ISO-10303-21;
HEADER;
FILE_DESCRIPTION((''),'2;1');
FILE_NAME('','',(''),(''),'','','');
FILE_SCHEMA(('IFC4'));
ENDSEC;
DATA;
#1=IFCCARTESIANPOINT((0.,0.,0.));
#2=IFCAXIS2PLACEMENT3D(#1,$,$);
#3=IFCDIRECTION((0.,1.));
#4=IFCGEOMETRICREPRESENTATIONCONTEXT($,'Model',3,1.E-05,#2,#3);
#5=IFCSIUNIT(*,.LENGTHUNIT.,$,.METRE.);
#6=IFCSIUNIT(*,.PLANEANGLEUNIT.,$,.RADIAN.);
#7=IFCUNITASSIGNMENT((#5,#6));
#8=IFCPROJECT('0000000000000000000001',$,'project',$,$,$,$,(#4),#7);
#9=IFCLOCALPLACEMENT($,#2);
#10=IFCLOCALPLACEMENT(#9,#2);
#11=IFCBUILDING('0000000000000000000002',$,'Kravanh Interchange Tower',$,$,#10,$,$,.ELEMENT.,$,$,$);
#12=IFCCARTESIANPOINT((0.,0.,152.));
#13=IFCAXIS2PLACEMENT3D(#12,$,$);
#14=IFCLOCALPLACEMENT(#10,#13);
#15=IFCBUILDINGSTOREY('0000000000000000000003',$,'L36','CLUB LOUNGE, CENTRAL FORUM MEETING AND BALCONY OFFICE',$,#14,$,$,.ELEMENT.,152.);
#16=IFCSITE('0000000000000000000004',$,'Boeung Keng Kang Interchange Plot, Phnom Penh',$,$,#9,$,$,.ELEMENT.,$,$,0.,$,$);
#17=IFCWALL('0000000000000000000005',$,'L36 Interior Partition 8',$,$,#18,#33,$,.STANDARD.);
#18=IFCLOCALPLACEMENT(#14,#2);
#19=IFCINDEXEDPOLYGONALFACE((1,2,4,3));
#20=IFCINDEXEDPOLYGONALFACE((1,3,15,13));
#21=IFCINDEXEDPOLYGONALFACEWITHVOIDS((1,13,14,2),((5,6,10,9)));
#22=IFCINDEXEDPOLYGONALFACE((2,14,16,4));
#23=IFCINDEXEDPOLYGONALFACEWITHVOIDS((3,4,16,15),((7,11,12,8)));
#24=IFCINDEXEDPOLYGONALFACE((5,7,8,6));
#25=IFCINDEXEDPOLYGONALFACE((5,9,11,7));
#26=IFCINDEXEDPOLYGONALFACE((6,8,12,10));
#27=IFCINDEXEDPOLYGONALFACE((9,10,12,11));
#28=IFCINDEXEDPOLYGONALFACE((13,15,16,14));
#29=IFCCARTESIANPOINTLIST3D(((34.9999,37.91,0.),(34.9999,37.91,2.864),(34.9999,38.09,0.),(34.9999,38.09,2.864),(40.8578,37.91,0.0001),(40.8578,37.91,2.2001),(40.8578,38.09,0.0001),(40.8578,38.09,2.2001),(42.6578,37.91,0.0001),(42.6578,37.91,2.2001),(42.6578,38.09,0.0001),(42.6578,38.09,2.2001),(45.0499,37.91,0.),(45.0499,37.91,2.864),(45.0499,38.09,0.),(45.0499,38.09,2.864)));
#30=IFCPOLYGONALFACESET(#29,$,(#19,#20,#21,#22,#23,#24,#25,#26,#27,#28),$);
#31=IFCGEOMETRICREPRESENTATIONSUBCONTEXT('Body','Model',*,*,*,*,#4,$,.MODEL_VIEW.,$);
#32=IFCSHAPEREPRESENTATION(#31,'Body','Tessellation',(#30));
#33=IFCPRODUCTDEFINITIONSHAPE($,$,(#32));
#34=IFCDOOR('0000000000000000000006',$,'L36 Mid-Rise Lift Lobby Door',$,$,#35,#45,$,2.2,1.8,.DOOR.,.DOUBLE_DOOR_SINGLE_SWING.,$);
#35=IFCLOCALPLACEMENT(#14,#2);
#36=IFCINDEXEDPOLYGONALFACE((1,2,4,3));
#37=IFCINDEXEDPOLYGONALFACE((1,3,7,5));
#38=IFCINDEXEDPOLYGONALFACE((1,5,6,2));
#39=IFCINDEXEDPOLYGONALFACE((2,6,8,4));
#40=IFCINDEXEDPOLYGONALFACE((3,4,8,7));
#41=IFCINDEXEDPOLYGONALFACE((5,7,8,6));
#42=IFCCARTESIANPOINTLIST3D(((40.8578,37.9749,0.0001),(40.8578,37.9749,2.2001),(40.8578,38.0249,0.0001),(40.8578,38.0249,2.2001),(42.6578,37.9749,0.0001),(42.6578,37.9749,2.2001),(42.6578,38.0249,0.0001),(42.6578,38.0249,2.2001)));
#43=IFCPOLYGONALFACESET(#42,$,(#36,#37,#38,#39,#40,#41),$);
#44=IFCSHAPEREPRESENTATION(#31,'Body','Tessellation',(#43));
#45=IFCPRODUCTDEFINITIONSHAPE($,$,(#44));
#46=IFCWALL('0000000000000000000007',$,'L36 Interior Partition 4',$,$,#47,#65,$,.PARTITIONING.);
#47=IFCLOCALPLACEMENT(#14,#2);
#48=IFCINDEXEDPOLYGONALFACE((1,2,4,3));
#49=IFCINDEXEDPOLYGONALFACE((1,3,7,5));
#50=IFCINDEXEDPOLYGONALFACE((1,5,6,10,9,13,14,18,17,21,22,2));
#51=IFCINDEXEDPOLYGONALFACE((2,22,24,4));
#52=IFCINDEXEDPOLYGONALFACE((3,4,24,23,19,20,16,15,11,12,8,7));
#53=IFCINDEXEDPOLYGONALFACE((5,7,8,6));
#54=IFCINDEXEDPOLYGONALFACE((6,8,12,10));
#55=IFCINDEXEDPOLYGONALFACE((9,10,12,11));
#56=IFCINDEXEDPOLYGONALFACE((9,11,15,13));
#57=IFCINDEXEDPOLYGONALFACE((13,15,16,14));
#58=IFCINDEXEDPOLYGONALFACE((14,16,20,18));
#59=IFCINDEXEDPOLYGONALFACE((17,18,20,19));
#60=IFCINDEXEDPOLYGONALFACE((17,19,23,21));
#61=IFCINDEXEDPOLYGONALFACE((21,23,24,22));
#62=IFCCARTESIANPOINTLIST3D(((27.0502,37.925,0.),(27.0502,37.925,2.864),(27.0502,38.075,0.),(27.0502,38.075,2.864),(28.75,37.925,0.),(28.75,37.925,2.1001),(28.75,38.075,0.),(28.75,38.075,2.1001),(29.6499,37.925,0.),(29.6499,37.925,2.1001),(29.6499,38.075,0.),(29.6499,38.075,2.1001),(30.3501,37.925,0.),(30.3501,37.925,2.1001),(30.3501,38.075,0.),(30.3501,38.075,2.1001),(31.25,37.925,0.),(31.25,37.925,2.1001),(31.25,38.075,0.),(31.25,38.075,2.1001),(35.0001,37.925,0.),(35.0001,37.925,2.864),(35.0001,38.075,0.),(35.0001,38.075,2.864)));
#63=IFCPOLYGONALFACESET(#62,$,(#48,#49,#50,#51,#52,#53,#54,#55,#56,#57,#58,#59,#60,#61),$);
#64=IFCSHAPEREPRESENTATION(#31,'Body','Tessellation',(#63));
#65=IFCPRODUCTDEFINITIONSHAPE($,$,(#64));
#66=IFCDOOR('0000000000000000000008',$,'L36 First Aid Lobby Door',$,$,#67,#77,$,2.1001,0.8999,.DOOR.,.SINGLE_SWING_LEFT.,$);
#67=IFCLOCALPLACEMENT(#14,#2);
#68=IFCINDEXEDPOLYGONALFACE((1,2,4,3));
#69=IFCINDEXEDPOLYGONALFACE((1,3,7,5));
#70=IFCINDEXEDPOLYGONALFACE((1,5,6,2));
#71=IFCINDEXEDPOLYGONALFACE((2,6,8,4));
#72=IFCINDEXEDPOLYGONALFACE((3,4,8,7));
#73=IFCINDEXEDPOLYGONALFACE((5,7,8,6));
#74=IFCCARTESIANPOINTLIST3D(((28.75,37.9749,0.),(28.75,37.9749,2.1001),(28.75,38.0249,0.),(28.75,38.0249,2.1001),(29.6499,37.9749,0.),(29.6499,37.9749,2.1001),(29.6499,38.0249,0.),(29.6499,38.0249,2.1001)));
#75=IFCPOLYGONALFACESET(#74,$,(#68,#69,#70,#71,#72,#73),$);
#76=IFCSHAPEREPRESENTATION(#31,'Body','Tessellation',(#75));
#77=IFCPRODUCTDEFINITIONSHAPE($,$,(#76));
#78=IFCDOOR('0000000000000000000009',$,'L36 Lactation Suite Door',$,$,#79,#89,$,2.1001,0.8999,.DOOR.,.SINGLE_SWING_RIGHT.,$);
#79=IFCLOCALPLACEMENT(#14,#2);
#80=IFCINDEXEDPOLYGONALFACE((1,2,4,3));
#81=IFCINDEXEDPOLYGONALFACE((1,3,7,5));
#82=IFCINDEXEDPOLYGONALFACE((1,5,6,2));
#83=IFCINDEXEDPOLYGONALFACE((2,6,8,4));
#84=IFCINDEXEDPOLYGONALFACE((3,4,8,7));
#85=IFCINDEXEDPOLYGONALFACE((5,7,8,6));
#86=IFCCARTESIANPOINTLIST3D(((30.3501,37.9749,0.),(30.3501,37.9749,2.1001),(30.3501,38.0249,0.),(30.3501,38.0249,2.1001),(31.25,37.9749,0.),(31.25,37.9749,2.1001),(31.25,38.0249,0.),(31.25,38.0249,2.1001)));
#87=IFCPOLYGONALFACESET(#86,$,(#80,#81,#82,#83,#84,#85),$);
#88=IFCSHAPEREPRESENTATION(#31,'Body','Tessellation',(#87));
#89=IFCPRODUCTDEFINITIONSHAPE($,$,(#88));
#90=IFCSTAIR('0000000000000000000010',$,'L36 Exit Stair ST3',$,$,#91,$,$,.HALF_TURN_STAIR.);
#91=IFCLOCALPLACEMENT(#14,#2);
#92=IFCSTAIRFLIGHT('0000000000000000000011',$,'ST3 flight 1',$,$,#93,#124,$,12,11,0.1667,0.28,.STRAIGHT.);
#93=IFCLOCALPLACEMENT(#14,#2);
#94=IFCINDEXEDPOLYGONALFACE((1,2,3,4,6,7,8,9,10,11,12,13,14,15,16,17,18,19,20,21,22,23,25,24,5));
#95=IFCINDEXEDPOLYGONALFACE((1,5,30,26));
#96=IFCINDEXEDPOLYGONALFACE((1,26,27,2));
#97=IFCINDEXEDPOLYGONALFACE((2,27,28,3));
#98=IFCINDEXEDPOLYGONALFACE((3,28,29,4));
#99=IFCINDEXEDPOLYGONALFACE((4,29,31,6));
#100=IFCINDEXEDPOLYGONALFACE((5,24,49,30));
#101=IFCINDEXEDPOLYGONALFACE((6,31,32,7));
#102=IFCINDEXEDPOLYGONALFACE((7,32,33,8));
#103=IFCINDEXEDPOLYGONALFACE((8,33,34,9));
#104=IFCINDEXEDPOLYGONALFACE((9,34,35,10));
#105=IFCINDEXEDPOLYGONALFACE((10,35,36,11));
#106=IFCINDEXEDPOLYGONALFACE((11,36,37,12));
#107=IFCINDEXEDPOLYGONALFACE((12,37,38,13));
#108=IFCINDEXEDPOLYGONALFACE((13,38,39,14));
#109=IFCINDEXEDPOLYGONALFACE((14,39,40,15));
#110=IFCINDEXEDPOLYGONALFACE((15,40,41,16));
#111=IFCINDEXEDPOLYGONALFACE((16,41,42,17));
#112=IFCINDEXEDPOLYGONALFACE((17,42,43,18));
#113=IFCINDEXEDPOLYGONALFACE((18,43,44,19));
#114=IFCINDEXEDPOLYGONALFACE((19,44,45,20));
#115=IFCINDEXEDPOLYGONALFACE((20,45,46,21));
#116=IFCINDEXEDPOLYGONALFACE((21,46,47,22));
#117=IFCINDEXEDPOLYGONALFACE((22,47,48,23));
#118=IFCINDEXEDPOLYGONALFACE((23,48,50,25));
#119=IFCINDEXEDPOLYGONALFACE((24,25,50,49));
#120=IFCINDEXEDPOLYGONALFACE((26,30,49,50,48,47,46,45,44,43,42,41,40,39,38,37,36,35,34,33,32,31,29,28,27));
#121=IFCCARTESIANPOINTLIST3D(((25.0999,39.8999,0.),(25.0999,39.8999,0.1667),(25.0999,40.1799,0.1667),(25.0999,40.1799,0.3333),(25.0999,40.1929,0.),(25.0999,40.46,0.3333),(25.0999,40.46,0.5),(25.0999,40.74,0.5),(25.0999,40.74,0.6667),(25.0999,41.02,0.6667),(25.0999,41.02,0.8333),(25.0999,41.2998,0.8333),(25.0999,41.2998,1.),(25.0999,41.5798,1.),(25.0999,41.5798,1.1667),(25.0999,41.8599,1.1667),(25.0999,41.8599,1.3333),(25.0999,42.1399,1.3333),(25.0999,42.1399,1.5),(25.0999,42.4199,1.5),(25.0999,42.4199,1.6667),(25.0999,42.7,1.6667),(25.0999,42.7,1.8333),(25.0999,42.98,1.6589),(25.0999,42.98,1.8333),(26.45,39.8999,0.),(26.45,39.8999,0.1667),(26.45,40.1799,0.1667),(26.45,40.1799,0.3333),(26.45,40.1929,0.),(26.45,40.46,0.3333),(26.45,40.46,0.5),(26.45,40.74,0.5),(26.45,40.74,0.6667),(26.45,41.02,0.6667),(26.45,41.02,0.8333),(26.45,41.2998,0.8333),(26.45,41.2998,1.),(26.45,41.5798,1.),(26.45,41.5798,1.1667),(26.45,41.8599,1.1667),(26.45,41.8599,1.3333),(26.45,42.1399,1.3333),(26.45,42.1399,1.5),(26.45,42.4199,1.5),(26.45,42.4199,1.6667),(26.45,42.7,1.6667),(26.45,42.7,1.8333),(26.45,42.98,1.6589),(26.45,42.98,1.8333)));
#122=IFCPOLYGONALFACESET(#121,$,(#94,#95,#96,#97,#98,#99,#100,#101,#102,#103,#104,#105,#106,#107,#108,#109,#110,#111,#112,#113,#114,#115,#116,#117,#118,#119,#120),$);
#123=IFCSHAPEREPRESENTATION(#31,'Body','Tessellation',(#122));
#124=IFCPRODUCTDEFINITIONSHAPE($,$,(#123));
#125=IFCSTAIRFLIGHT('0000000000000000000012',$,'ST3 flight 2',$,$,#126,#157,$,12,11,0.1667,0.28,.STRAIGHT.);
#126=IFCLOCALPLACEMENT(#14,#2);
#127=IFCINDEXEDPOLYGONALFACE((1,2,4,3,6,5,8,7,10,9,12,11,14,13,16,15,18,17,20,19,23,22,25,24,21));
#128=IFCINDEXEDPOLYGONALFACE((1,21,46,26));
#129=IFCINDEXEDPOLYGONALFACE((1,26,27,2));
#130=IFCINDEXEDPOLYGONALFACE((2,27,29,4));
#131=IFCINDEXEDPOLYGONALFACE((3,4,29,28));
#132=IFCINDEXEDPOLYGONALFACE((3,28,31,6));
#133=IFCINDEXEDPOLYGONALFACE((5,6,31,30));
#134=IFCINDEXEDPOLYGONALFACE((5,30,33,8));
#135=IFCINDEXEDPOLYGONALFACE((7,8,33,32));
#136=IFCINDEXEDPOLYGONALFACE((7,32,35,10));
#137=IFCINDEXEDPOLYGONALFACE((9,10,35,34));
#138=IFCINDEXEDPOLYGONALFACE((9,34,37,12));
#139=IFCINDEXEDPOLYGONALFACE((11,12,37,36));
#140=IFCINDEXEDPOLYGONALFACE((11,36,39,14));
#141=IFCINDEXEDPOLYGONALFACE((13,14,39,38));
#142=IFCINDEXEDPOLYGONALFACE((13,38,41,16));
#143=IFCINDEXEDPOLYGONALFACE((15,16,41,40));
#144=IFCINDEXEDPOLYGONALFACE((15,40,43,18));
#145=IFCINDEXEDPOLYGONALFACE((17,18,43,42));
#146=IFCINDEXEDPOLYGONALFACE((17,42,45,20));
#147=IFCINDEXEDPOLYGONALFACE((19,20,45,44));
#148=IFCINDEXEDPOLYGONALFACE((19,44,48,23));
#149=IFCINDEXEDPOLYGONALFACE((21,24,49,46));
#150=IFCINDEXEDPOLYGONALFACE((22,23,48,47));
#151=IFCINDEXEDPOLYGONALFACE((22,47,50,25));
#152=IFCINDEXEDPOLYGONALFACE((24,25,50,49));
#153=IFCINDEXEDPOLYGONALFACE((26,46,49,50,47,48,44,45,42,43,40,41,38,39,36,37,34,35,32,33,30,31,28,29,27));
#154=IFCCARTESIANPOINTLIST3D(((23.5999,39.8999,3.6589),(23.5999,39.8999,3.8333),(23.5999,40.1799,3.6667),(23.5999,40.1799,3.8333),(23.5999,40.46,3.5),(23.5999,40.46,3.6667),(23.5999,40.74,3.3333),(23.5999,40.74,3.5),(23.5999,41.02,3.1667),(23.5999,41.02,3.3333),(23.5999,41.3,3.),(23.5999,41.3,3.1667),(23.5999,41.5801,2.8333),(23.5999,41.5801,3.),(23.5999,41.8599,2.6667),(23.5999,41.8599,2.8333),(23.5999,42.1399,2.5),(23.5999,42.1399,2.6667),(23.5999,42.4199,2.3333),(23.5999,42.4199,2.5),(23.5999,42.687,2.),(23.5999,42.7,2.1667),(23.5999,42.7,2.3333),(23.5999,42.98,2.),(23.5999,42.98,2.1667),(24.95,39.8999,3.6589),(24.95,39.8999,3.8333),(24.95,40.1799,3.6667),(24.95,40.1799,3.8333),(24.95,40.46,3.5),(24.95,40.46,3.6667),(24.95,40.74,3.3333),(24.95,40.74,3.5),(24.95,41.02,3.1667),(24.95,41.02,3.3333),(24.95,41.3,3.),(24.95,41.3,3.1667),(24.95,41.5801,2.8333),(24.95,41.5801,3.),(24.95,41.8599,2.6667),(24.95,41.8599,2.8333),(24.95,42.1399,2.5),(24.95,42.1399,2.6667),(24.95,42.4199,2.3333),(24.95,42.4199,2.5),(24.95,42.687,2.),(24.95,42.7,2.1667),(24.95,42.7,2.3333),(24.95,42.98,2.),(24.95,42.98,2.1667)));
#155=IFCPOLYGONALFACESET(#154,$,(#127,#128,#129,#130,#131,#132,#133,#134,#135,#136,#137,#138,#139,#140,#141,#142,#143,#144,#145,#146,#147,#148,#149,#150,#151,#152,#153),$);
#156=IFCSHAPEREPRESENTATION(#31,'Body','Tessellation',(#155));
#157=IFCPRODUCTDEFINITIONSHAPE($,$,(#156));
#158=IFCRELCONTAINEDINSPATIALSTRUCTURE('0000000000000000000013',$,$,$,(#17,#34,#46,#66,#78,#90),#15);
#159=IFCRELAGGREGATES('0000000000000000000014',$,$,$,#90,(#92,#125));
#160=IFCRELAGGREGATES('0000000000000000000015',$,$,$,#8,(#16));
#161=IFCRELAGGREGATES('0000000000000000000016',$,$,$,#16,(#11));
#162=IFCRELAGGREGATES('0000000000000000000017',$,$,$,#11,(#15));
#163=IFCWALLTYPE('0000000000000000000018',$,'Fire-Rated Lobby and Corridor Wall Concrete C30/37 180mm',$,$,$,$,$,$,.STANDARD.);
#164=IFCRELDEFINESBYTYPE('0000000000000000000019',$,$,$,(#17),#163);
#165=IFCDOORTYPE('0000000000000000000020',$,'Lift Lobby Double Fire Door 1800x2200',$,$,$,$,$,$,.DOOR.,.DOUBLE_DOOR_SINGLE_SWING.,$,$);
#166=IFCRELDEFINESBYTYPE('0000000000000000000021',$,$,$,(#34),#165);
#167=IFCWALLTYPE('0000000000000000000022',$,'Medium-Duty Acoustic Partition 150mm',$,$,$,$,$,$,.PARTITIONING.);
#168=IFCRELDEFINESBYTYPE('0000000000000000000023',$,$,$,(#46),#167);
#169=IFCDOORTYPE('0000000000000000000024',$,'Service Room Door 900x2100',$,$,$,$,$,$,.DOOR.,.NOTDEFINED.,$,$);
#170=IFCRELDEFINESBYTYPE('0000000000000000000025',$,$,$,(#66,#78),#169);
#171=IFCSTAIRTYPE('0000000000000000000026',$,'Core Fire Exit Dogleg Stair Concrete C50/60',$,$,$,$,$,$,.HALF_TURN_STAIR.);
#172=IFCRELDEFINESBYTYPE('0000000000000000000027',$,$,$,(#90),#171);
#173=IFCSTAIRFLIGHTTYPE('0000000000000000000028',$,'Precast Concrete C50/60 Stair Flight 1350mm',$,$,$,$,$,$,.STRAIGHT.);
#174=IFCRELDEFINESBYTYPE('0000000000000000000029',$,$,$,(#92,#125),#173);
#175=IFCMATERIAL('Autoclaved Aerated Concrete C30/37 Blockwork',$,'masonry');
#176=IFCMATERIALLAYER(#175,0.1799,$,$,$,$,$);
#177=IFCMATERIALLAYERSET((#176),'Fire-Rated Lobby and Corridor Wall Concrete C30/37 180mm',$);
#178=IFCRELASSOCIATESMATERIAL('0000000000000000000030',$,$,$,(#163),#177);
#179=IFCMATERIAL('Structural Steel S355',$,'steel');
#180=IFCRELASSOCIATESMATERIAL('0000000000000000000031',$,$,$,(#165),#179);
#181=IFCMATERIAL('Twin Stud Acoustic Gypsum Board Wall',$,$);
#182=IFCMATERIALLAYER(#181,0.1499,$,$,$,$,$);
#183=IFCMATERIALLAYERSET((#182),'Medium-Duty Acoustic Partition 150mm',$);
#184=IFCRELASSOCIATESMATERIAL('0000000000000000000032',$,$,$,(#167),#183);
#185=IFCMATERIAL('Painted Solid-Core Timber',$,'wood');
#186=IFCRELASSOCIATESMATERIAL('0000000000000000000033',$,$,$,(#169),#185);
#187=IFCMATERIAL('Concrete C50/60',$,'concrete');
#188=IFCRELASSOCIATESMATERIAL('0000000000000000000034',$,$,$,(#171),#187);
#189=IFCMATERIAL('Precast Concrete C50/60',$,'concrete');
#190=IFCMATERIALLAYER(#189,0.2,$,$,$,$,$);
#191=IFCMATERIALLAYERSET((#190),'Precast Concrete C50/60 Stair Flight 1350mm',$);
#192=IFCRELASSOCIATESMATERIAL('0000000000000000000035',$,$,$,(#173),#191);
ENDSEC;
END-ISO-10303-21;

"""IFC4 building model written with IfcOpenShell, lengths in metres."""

from ifc_helpers import new_model, si_unit, direction, frame, frame_2d, origin, place, context, subcontext, project, spatial, polyline, rectangle, outline, extrude, material, layer, layer_set, type_object, element, fill, aggregate, save


model = new_model("IFC4")

# Units and contexts
model_context = context("Model", 3, precision=1e-05, world=origin(), true_north=direction((0.0, 1.0)))
body_context = subcontext(model_context, "Body", "Model", "MODEL_VIEW")
ifc_project = project(units=[si_unit("LENGTHUNIT", "METRE"), si_unit("PLANEANGLEUNIT", "RADIAN")], contexts=[model_context])

# Site, building, storey
site_placement = place(None, origin())
site = spatial("IfcSite", under=ifc_project, at=site_placement, Name="Boeung Keng Kang Interchange Plot, Phnom Penh", CompositionType="ELEMENT", RefElevation=0.0)
building_placement = place(site_placement, origin())
building = spatial("IfcBuilding", under=site, at=building_placement, Name="Kravanh Interchange Tower", CompositionType="ELEMENT")
storey_placement = place(building_placement, frame((0.0, 0.0, 152.0)))
storey = spatial("IfcBuildingStorey", under=building, at=storey_placement, Name="L36", Description="CLUB LOUNGE, CENTRAL FORUM MEETING AND BALCONY OFFICE", CompositionType="ELEMENT", Elevation=152.0)

# Shared definitions
ifc_material_1 = material(Name="Autoclaved Aerated Concrete C30/37 Blockwork", Category="masonry")
ifc_layer_1 = layer(ifc_material_1, 0.1799)
ifc_layer_set_1 = layer_set([ifc_layer_1], Name="Fire-Rated Lobby and Corridor Wall Concrete C30/37 180mm")
wall_type_1 = type_object("IfcWallType", Name="Fire-Rated Lobby and Corridor Wall Concrete C30/37 180mm", PredefinedType="STANDARD", material=ifc_layer_set_1)

# Wall, opening, door
wall_1_placement = place(storey_placement, frame((35.0, 38.0, 0.0), z_axis=(0.0, 0.0, 1.0), x_axis=(1.0, 0.0, 0.0)))
wall_1 = element("IfcWall", 1, at=wall_1_placement, inside=storey, type_object=wall_type_1, Name="L36 Interior Partition 8", PredefinedType="STANDARD", context=body_context, shape_type="SweptSolid", body=[
    extrude(rectangle(XDim=10.05, YDim=0.1799, at=frame_2d((5.0249, 0.0))), origin(), (0.0, 0.0, 1.0), 2.864),
])
opening_1_placement = place(wall_1_placement, frame((5.8579, 0.0, 0.0)))
opening_1 = element("IfcOpeningElement", 2, at=opening_1_placement, cuts=wall_1, PredefinedType="OPENING", context=body_context, shape_type="SweptSolid", body=[
    extrude(rectangle(XDim=1.8, YDim=2.2, at=frame_2d((0.8999, 1.1001))), frame((0.0, 0.1001, 0.0), z_axis=(0.0, -1.0, 0.0), x_axis=(1.0, 0.0, 0.0)), (0.0, 0.0, 1.0), 0.2),
])
ifc_material_2 = material(Name="Structural Steel S355", Category="steel")
door_type_1 = type_object("IfcDoorType", Name="Lift Lobby Double Fire Door 1800x2200", OperationType="DOUBLE_DOOR_SINGLE_SWING", PredefinedType="DOOR", material=ifc_material_2)
door_1_placement = place(opening_1_placement, origin())
door_1 = element("IfcDoor", 3, at=door_1_placement, inside=storey, type_object=door_type_1, Name="L36 Mid-Rise Lift Lobby Door", OperationType="DOUBLE_DOOR_SINGLE_SWING", OverallHeight=2.2, OverallWidth=1.8, PredefinedType="DOOR", context=body_context, shape_type="SweptSolid", body=[
    extrude(rectangle(XDim=1.8, YDim=2.2, at=frame_2d((0.8999, 1.1001))), frame((0.0, 0.0249, 0.0), z_axis=(0.0, -1.0, 0.0), x_axis=(1.0, 0.0, 0.0)), (0.0, 0.0, 1.0), 0.05),
])
fill(opening_1, door_1)

# Wall, openings, doors
ifc_material_3 = material(Name="Twin Stud Acoustic Gypsum Board Wall")
ifc_layer_2 = layer(ifc_material_3, 0.1499)
ifc_layer_set_2 = layer_set([ifc_layer_2], Name="Medium-Duty Acoustic Partition 150mm")
wall_type_2 = type_object("IfcWallType", Name="Medium-Duty Acoustic Partition 150mm", PredefinedType="PARTITIONING", material=ifc_layer_set_2)
wall_2_placement = place(storey_placement, frame((27.05, 38.0, 0.0), z_axis=(0.0, 0.0, 1.0), x_axis=(1.0, 0.0, 0.0)))
wall_2 = element("IfcWall", 4, at=wall_2_placement, inside=storey, type_object=wall_type_2, Name="L36 Interior Partition 4", PredefinedType="PARTITIONING", context=body_context, shape_type="SweptSolid", body=[
    extrude(rectangle(XDim=7.95, YDim=0.1499, at=frame_2d((3.9751, 0.0))), origin(), (0.0, 0.0, 1.0), 2.864),
])
opening_2_placement = place(wall_2_placement, frame((1.7, 0.0, 0.0)))
opening_2 = element("IfcOpeningElement", 5, at=opening_2_placement, cuts=wall_2, PredefinedType="OPENING", context=body_context, shape_type="SweptSolid", body=[
    extrude(rectangle(XDim=0.8999, YDim=2.1001, at=frame_2d((0.45, 1.05))), frame((0.0, 0.085, 0.0), z_axis=(0.0, -1.0, 0.0), x_axis=(1.0, 0.0, 0.0)), (0.0, 0.0, 1.0), 0.1699),
])
opening_3_placement = place(wall_2_placement, frame((3.3, 0.0, 0.0)))
opening_3 = element("IfcOpeningElement", 6, at=opening_3_placement, cuts=wall_2, PredefinedType="OPENING", context=body_context, shape_type="SweptSolid", body=[
    extrude(rectangle(XDim=0.8999, YDim=2.1001, at=frame_2d((0.45, 1.05))), frame((0.0, 0.085, 0.0), z_axis=(0.0, -1.0, 0.0), x_axis=(1.0, 0.0, 0.0)), (0.0, 0.0, 1.0), 0.1699),
])
ifc_material_4 = material(Name="Painted Solid-Core Timber", Category="wood")
door_type_2 = type_object("IfcDoorType", Name="Service Room Door 900x2100", OperationType="NOTDEFINED", PredefinedType="DOOR", material=ifc_material_4)
door_2_placement = place(opening_2_placement, origin())
door_2 = element("IfcDoor", 7, at=door_2_placement, inside=storey, type_object=door_type_2, Name="L36 First Aid Lobby Door", OperationType="SINGLE_SWING_LEFT", OverallHeight=2.1001, OverallWidth=0.8999, PredefinedType="DOOR", context=body_context, shape_type="SweptSolid", body=[
    extrude(rectangle(XDim=0.8999, YDim=2.1001, at=frame_2d((0.45, 1.05))), frame((0.0, 0.0249, 0.0), z_axis=(0.0, -1.0, 0.0), x_axis=(1.0, 0.0, 0.0)), (0.0, 0.0, 1.0), 0.05),
])
fill(opening_2, door_2)
door_3_placement = place(opening_3_placement, origin())
door_3 = element("IfcDoor", 8, at=door_3_placement, inside=storey, type_object=door_type_2, Name="L36 Lactation Suite Door", OperationType="SINGLE_SWING_RIGHT", OverallHeight=2.1001, OverallWidth=0.8999, PredefinedType="DOOR", context=body_context, shape_type="SweptSolid", body=[
    extrude(rectangle(XDim=0.8999, YDim=2.1001, at=frame_2d((0.45, 1.05))), frame((0.0, 0.0249, 0.0), z_axis=(0.0, -1.0, 0.0), x_axis=(1.0, 0.0, 0.0)), (0.0, 0.0, 1.0), 0.05),
])
fill(opening_3, door_3)

# Stair, stair flights
ifc_material_5 = material(Name="Concrete C50/60", Category="concrete")
stair_type = type_object("IfcStairType", Name="Core Fire Exit Dogleg Stair Concrete C50/60", PredefinedType="HALF_TURN_STAIR", material=ifc_material_5)
stair_placement = place(storey_placement, origin())
stair = element("IfcStair", 9, at=stair_placement, inside=storey, type_object=stair_type, Name="L36 Exit Stair ST3", PredefinedType="HALF_TURN_STAIR")
ifc_material_6 = material(Name="Precast Concrete C50/60", Category="concrete")
ifc_layer_3 = layer(ifc_material_6, 0.2)
ifc_layer_set_3 = layer_set([ifc_layer_3], Name="Precast Concrete C50/60 Stair Flight 1350mm")
stair_flight_type = type_object("IfcStairFlightType", Name="Precast Concrete C50/60 Stair Flight 1350mm", PredefinedType="STRAIGHT", material=ifc_layer_set_3)
stair_flight_1_placement = place(storey_placement, frame((25.7749, 39.8999, 0.0), z_axis=(0.0, 0.0, 1.0), x_axis=(0.0, 1.0, 0.0)))
stair_flight_1 = element("IfcStairFlight", 10, at=stair_flight_1_placement, type_object=stair_flight_type, Name="ST3 flight 1", NumberOfRisers=12, NumberOfTreads=11, PredefinedType="STRAIGHT", RiserHeight=0.1667, TreadLength=0.28, context=body_context, shape_type="SweptSolid", body=[
    extrude(outline(polyline([(0.0, 0.0), (0.0, 0.1667), (0.28, 0.1667), (0.28, 0.3333), (0.5601, 0.3333), (0.5601, 0.5), (0.8401, 0.5), (0.8401, 0.6667), (1.1201, 0.6667), (1.1201, 0.8333), (1.3999, 0.8333), (1.3999, 1.0), (1.6799, 1.0), (1.6799, 1.1667), (1.96, 1.1667), (1.96, 1.3333), (2.24, 1.3333), (2.24, 1.5), (2.52, 1.5), (2.52, 1.6667), (2.8, 1.6667), (2.8, 1.8333), (3.0801, 1.8333), (3.0801, 2.0), (3.0801, 1.6589), (0.293, 0.0), (0.0, 0.0)])), frame((0.0, 0.675, 0.0), z_axis=(0.0, -1.0, 0.0), x_axis=(1.0, 0.0, 0.0)), (0.0, 0.0, 1.0), 1.3501),
])
stair_flight_2_placement = place(storey_placement, frame((24.2749, 42.98, 2.0), z_axis=(0.0, 0.0, 1.0), x_axis=(0.0, -1.0, 0.0)))
stair_flight_2 = element("IfcStairFlight", 11, at=stair_flight_2_placement, type_object=stair_flight_type, Name="ST3 flight 2", NumberOfRisers=12, NumberOfTreads=11, PredefinedType="STRAIGHT", RiserHeight=0.1667, TreadLength=0.28, context=body_context, shape_type="SweptSolid", body=[
    extrude(outline(polyline([(0.0, 0.0), (0.0, 0.1667), (0.28, 0.1667), (0.28, 0.3333), (0.5601, 0.3333), (0.5601, 0.5), (0.8401, 0.5), (0.8401, 0.6667), (1.1201, 0.6667), (1.1201, 0.8333), (1.3999, 0.8333), (1.3999, 1.0), (1.6799, 1.0), (1.6799, 1.1667), (1.96, 1.1667), (1.96, 1.3333), (2.24, 1.3333), (2.24, 1.5), (2.52, 1.5), (2.52, 1.6667), (2.8, 1.6667), (2.8, 1.8333), (3.0801, 1.8333), (3.0801, 2.0), (3.0801, 1.6589), (0.293, 0.0), (0.0, 0.0)])), frame((0.0, 0.675, 0.0), z_axis=(0.0, -1.0, 0.0), x_axis=(1.0, 0.0, 0.0)), (0.0, 0.0, 1.0), 1.3501),
])
aggregate(stair, [stair_flight_1, stair_flight_2])

save(model, "model.ifc")
